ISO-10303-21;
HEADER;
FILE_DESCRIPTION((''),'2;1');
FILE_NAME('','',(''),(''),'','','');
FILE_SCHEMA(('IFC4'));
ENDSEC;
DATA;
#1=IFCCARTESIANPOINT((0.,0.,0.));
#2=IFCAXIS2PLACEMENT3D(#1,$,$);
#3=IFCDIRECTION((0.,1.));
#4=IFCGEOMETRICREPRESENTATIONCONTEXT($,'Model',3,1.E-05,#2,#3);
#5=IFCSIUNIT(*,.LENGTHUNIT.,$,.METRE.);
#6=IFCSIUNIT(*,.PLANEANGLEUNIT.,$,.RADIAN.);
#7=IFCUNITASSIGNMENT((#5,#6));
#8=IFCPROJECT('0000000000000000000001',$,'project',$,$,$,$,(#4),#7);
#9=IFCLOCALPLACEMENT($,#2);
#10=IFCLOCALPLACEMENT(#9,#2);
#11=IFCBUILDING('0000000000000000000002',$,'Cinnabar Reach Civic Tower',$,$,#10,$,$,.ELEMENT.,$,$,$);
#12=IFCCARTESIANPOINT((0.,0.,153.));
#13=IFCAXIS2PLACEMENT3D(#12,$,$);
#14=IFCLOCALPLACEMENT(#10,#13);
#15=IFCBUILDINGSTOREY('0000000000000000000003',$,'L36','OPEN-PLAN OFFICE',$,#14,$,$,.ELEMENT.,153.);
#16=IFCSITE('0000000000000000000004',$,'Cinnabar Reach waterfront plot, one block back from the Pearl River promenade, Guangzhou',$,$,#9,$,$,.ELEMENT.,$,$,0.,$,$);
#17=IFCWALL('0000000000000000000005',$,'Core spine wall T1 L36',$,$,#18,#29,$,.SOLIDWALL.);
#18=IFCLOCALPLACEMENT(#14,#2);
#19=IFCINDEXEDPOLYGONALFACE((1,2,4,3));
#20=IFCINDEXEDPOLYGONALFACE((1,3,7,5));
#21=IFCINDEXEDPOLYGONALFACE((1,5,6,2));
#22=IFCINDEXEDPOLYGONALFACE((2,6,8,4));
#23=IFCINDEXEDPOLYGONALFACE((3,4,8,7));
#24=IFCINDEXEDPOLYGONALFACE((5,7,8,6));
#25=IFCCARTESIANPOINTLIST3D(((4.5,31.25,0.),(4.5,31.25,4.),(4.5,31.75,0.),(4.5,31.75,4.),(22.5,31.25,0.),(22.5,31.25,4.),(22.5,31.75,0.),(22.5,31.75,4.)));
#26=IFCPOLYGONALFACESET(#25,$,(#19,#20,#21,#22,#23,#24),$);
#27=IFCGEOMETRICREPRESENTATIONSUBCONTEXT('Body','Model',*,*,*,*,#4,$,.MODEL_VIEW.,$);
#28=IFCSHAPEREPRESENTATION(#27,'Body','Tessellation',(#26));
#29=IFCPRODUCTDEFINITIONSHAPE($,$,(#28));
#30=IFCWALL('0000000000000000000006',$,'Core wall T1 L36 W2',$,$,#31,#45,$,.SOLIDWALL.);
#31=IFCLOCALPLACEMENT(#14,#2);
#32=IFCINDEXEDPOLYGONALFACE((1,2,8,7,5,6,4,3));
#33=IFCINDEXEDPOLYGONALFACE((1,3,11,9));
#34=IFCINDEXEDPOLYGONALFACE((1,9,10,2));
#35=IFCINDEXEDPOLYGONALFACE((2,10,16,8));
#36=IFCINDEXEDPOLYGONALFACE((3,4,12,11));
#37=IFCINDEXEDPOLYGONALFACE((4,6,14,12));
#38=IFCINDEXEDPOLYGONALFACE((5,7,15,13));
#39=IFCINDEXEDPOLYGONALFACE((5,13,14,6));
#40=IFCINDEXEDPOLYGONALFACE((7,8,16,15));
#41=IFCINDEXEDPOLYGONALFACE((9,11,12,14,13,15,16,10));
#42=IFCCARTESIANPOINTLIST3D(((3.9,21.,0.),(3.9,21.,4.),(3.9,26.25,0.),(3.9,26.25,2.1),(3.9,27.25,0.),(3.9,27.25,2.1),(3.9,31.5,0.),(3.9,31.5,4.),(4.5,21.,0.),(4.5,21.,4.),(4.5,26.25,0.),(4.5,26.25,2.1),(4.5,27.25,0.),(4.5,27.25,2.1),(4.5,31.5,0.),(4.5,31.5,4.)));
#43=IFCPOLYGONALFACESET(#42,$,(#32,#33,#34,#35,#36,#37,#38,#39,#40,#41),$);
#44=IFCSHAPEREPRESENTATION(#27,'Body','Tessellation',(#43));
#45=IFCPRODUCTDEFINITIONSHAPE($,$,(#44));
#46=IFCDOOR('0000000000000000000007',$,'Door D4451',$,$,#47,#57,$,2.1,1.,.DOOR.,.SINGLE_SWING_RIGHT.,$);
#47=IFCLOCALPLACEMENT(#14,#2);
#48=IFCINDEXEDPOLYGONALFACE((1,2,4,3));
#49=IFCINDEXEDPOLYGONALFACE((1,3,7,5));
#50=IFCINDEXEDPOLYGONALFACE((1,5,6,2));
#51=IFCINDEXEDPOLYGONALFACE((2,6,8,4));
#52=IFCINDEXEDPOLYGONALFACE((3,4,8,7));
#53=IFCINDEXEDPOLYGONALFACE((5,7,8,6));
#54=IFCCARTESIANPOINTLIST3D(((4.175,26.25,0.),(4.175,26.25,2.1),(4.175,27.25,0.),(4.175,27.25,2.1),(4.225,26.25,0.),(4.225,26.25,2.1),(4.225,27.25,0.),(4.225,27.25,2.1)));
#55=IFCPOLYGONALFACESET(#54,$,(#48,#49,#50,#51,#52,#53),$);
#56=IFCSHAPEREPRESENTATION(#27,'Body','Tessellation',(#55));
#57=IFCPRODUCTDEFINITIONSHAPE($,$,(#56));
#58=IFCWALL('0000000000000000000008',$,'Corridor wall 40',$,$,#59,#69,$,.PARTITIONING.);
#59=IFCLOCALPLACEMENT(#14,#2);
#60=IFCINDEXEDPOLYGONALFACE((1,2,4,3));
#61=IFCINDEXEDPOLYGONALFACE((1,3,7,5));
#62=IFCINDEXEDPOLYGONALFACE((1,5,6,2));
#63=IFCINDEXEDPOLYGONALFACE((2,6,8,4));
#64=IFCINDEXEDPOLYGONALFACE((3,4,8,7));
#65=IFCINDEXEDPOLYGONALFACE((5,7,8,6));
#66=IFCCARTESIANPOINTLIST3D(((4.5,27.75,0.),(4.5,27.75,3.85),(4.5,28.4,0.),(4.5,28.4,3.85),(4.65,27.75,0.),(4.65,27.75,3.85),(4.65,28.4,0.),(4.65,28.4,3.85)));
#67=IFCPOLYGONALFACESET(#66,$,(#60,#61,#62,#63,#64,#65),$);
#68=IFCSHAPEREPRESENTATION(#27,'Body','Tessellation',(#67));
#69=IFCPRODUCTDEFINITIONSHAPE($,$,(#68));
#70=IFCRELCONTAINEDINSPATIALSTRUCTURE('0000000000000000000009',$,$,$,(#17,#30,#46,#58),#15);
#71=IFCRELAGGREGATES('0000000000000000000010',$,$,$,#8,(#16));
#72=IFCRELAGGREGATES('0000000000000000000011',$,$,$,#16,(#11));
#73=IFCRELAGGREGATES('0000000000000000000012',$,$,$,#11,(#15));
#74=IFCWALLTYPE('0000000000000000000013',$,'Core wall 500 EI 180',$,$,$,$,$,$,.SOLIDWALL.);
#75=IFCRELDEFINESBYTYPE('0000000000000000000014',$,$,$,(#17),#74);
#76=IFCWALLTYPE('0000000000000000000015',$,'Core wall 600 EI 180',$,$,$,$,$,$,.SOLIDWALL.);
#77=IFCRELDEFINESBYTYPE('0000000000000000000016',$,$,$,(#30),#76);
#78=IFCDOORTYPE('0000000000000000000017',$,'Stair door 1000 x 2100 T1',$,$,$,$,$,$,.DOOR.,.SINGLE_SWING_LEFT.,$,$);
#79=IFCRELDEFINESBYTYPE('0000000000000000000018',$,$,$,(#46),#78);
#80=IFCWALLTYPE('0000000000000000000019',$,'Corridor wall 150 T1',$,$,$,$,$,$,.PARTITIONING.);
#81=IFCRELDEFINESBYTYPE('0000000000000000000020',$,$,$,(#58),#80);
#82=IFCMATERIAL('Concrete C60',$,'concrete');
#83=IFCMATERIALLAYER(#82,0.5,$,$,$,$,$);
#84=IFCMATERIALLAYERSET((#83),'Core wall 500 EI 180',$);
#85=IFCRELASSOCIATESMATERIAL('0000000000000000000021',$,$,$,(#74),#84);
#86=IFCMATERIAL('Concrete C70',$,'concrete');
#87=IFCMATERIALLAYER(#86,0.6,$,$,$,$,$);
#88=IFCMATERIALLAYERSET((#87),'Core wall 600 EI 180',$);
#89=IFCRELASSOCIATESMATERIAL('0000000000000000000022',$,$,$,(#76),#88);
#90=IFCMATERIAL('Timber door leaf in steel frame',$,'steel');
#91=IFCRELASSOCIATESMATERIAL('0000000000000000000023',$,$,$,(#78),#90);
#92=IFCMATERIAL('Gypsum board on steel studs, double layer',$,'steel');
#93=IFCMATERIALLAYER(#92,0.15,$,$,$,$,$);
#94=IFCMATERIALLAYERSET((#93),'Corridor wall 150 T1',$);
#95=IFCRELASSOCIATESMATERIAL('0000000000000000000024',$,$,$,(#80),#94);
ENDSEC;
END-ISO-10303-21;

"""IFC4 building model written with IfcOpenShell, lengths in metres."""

from ifc_helpers import new_model, si_unit, direction, frame, frame_2d, origin, place, context, subcontext, project, spatial, rectangle, extrude, material, layer, layer_set, type_object, element, fill, save


model = new_model("IFC4")

# Units and contexts
model_context = context("Model", 3, precision=1e-05, world=origin(), true_north=direction((0.0, 1.0)))
body_context = subcontext(model_context, "Body", "Model", "MODEL_VIEW")
ifc_project = project(units=[si_unit("LENGTHUNIT", "METRE"), si_unit("PLANEANGLEUNIT", "RADIAN")], contexts=[model_context])

# Site, building, storey
site_placement = place(None, origin())
site = spatial("IfcSite", under=ifc_project, at=site_placement, Name="Cinnabar Reach waterfront plot, one block back from the Pearl River promenade, Guangzhou", CompositionType="ELEMENT", RefElevation=0.0)
building_placement = place(site_placement, origin())
building = spatial("IfcBuilding", under=site, at=building_placement, Name="Cinnabar Reach Civic Tower", CompositionType="ELEMENT")
storey_placement = place(building_placement, frame((0.0, 0.0, 153.0)))
storey = spatial("IfcBuildingStorey", under=building, at=storey_placement, Name="L36", Description="OPEN-PLAN OFFICE", CompositionType="ELEMENT", Elevation=153.0)

# Wall
ifc_material_1 = material(Name="Concrete C60", Category="concrete")
ifc_layer_1 = layer(ifc_material_1, 0.5)
ifc_layer_set_1 = layer_set([ifc_layer_1], Name="Core wall 500 EI 180")
wall_type_1 = type_object("IfcWallType", Name="Core wall 500 EI 180", PredefinedType="SOLIDWALL", material=ifc_layer_set_1)
wall_1_placement = place(storey_placement, frame((4.5, 31.5, 0.0), z_axis=(0.0, 0.0, 1.0), x_axis=(1.0, 0.0, 0.0)))
element("IfcWall", 1, at=wall_1_placement, inside=storey, type_object=wall_type_1, Name="Core spine wall T1 L36", PredefinedType="SOLIDWALL", context=body_context, shape_type="SweptSolid", body=[
    extrude(rectangle(XDim=18.0, YDim=0.5, at=frame_2d((9.0, 0.0))), origin(), (0.0, 0.0, 1.0), 4.0),
])

# Wall, opening, door
ifc_material_2 = material(Name="Concrete C70", Category="concrete")
ifc_layer_2 = layer(ifc_material_2, 0.6)
ifc_layer_set_2 = layer_set([ifc_layer_2], Name="Core wall 600 EI 180")
wall_type_2 = type_object("IfcWallType", Name="Core wall 600 EI 180", PredefinedType="SOLIDWALL", material=ifc_layer_set_2)
wall_2_placement = place(storey_placement, frame((4.2, 31.5, 0.0), z_axis=(0.0, 0.0, 1.0), x_axis=(0.0, -1.0, 0.0)))
wall_2 = element("IfcWall", 2, at=wall_2_placement, inside=storey, type_object=wall_type_2, Name="Core wall T1 L36 W2", PredefinedType="SOLIDWALL", context=body_context, shape_type="SweptSolid", body=[
    extrude(rectangle(XDim=10.5, YDim=0.6, at=frame_2d((5.25, 0.0))), origin(), (0.0, 0.0, 1.0), 4.0),
])
opening_1_placement = place(wall_2_placement, frame((4.25, 0.0, 0.0)))
opening_1 = element("IfcOpeningElement", 3, at=opening_1_placement, cuts=wall_2, PredefinedType="OPENING", context=body_context, shape_type="SweptSolid", body=[
    extrude(rectangle(XDim=1.0, YDim=2.1, at=frame_2d((0.5, 1.05))), frame((0.0, 0.31, 0.0), z_axis=(0.0, -1.0, 0.0), x_axis=(1.0, 0.0, 0.0)), (0.0, 0.0, 1.0), 0.62),
])
ifc_material_3 = material(Name="Timber door leaf in steel frame", Category="steel")
door_type_1 = type_object("IfcDoorType", Name="Stair door 1000 x 2100 T1", OperationType="SINGLE_SWING_LEFT", PredefinedType="DOOR", material=ifc_material_3)
door_1_placement = place(opening_1_placement, frame((1.0, 0.0, 0.0), z_axis=(0.0, 0.0, 1.0), x_axis=(-1.0, 0.0, 0.0)))
door_1 = element("IfcDoor", 4, at=door_1_placement, inside=storey, type_object=door_type_1, Name="Door D4451", OperationType="SINGLE_SWING_RIGHT", OverallHeight=2.1, OverallWidth=1.0, PredefinedType="DOOR", context=body_context, shape_type="SweptSolid", body=[
    extrude(rectangle(XDim=1.0, YDim=2.1, at=frame_2d((0.5, 1.05))), frame((0.0, 0.025, 0.0), z_axis=(0.0, -1.0, 0.0), x_axis=(1.0, 0.0, 0.0)), (0.0, 0.0, 1.0), 0.05),
])
fill(opening_1, door_1)

# Wall
ifc_material_4 = material(Name="Gypsum board on steel studs, double layer", Category="steel")
ifc_layer_3 = layer(ifc_material_4, 0.15)
ifc_layer_set_3 = layer_set([ifc_layer_3], Name="Corridor wall 150 T1")
wall_type_3 = type_object("IfcWallType", Name="Corridor wall 150 T1", PredefinedType="PARTITIONING", material=ifc_layer_set_3)
wall_3_placement = place(storey_placement, frame((4.575, 27.75, 0.0), z_axis=(0.0, 0.0, 1.0), x_axis=(0.0, 1.0, 0.0)))
element("IfcWall", 5, at=wall_3_placement, inside=storey, type_object=wall_type_3, Name="Corridor wall 40", PredefinedType="PARTITIONING", context=body_context, shape_type="SweptSolid", body=[
    extrude(rectangle(XDim=0.65, YDim=0.15, at=frame_2d((0.325, 0.0))), origin(), (0.0, 0.0, 1.0), 3.85),
])

save(model, "model.ifc")
